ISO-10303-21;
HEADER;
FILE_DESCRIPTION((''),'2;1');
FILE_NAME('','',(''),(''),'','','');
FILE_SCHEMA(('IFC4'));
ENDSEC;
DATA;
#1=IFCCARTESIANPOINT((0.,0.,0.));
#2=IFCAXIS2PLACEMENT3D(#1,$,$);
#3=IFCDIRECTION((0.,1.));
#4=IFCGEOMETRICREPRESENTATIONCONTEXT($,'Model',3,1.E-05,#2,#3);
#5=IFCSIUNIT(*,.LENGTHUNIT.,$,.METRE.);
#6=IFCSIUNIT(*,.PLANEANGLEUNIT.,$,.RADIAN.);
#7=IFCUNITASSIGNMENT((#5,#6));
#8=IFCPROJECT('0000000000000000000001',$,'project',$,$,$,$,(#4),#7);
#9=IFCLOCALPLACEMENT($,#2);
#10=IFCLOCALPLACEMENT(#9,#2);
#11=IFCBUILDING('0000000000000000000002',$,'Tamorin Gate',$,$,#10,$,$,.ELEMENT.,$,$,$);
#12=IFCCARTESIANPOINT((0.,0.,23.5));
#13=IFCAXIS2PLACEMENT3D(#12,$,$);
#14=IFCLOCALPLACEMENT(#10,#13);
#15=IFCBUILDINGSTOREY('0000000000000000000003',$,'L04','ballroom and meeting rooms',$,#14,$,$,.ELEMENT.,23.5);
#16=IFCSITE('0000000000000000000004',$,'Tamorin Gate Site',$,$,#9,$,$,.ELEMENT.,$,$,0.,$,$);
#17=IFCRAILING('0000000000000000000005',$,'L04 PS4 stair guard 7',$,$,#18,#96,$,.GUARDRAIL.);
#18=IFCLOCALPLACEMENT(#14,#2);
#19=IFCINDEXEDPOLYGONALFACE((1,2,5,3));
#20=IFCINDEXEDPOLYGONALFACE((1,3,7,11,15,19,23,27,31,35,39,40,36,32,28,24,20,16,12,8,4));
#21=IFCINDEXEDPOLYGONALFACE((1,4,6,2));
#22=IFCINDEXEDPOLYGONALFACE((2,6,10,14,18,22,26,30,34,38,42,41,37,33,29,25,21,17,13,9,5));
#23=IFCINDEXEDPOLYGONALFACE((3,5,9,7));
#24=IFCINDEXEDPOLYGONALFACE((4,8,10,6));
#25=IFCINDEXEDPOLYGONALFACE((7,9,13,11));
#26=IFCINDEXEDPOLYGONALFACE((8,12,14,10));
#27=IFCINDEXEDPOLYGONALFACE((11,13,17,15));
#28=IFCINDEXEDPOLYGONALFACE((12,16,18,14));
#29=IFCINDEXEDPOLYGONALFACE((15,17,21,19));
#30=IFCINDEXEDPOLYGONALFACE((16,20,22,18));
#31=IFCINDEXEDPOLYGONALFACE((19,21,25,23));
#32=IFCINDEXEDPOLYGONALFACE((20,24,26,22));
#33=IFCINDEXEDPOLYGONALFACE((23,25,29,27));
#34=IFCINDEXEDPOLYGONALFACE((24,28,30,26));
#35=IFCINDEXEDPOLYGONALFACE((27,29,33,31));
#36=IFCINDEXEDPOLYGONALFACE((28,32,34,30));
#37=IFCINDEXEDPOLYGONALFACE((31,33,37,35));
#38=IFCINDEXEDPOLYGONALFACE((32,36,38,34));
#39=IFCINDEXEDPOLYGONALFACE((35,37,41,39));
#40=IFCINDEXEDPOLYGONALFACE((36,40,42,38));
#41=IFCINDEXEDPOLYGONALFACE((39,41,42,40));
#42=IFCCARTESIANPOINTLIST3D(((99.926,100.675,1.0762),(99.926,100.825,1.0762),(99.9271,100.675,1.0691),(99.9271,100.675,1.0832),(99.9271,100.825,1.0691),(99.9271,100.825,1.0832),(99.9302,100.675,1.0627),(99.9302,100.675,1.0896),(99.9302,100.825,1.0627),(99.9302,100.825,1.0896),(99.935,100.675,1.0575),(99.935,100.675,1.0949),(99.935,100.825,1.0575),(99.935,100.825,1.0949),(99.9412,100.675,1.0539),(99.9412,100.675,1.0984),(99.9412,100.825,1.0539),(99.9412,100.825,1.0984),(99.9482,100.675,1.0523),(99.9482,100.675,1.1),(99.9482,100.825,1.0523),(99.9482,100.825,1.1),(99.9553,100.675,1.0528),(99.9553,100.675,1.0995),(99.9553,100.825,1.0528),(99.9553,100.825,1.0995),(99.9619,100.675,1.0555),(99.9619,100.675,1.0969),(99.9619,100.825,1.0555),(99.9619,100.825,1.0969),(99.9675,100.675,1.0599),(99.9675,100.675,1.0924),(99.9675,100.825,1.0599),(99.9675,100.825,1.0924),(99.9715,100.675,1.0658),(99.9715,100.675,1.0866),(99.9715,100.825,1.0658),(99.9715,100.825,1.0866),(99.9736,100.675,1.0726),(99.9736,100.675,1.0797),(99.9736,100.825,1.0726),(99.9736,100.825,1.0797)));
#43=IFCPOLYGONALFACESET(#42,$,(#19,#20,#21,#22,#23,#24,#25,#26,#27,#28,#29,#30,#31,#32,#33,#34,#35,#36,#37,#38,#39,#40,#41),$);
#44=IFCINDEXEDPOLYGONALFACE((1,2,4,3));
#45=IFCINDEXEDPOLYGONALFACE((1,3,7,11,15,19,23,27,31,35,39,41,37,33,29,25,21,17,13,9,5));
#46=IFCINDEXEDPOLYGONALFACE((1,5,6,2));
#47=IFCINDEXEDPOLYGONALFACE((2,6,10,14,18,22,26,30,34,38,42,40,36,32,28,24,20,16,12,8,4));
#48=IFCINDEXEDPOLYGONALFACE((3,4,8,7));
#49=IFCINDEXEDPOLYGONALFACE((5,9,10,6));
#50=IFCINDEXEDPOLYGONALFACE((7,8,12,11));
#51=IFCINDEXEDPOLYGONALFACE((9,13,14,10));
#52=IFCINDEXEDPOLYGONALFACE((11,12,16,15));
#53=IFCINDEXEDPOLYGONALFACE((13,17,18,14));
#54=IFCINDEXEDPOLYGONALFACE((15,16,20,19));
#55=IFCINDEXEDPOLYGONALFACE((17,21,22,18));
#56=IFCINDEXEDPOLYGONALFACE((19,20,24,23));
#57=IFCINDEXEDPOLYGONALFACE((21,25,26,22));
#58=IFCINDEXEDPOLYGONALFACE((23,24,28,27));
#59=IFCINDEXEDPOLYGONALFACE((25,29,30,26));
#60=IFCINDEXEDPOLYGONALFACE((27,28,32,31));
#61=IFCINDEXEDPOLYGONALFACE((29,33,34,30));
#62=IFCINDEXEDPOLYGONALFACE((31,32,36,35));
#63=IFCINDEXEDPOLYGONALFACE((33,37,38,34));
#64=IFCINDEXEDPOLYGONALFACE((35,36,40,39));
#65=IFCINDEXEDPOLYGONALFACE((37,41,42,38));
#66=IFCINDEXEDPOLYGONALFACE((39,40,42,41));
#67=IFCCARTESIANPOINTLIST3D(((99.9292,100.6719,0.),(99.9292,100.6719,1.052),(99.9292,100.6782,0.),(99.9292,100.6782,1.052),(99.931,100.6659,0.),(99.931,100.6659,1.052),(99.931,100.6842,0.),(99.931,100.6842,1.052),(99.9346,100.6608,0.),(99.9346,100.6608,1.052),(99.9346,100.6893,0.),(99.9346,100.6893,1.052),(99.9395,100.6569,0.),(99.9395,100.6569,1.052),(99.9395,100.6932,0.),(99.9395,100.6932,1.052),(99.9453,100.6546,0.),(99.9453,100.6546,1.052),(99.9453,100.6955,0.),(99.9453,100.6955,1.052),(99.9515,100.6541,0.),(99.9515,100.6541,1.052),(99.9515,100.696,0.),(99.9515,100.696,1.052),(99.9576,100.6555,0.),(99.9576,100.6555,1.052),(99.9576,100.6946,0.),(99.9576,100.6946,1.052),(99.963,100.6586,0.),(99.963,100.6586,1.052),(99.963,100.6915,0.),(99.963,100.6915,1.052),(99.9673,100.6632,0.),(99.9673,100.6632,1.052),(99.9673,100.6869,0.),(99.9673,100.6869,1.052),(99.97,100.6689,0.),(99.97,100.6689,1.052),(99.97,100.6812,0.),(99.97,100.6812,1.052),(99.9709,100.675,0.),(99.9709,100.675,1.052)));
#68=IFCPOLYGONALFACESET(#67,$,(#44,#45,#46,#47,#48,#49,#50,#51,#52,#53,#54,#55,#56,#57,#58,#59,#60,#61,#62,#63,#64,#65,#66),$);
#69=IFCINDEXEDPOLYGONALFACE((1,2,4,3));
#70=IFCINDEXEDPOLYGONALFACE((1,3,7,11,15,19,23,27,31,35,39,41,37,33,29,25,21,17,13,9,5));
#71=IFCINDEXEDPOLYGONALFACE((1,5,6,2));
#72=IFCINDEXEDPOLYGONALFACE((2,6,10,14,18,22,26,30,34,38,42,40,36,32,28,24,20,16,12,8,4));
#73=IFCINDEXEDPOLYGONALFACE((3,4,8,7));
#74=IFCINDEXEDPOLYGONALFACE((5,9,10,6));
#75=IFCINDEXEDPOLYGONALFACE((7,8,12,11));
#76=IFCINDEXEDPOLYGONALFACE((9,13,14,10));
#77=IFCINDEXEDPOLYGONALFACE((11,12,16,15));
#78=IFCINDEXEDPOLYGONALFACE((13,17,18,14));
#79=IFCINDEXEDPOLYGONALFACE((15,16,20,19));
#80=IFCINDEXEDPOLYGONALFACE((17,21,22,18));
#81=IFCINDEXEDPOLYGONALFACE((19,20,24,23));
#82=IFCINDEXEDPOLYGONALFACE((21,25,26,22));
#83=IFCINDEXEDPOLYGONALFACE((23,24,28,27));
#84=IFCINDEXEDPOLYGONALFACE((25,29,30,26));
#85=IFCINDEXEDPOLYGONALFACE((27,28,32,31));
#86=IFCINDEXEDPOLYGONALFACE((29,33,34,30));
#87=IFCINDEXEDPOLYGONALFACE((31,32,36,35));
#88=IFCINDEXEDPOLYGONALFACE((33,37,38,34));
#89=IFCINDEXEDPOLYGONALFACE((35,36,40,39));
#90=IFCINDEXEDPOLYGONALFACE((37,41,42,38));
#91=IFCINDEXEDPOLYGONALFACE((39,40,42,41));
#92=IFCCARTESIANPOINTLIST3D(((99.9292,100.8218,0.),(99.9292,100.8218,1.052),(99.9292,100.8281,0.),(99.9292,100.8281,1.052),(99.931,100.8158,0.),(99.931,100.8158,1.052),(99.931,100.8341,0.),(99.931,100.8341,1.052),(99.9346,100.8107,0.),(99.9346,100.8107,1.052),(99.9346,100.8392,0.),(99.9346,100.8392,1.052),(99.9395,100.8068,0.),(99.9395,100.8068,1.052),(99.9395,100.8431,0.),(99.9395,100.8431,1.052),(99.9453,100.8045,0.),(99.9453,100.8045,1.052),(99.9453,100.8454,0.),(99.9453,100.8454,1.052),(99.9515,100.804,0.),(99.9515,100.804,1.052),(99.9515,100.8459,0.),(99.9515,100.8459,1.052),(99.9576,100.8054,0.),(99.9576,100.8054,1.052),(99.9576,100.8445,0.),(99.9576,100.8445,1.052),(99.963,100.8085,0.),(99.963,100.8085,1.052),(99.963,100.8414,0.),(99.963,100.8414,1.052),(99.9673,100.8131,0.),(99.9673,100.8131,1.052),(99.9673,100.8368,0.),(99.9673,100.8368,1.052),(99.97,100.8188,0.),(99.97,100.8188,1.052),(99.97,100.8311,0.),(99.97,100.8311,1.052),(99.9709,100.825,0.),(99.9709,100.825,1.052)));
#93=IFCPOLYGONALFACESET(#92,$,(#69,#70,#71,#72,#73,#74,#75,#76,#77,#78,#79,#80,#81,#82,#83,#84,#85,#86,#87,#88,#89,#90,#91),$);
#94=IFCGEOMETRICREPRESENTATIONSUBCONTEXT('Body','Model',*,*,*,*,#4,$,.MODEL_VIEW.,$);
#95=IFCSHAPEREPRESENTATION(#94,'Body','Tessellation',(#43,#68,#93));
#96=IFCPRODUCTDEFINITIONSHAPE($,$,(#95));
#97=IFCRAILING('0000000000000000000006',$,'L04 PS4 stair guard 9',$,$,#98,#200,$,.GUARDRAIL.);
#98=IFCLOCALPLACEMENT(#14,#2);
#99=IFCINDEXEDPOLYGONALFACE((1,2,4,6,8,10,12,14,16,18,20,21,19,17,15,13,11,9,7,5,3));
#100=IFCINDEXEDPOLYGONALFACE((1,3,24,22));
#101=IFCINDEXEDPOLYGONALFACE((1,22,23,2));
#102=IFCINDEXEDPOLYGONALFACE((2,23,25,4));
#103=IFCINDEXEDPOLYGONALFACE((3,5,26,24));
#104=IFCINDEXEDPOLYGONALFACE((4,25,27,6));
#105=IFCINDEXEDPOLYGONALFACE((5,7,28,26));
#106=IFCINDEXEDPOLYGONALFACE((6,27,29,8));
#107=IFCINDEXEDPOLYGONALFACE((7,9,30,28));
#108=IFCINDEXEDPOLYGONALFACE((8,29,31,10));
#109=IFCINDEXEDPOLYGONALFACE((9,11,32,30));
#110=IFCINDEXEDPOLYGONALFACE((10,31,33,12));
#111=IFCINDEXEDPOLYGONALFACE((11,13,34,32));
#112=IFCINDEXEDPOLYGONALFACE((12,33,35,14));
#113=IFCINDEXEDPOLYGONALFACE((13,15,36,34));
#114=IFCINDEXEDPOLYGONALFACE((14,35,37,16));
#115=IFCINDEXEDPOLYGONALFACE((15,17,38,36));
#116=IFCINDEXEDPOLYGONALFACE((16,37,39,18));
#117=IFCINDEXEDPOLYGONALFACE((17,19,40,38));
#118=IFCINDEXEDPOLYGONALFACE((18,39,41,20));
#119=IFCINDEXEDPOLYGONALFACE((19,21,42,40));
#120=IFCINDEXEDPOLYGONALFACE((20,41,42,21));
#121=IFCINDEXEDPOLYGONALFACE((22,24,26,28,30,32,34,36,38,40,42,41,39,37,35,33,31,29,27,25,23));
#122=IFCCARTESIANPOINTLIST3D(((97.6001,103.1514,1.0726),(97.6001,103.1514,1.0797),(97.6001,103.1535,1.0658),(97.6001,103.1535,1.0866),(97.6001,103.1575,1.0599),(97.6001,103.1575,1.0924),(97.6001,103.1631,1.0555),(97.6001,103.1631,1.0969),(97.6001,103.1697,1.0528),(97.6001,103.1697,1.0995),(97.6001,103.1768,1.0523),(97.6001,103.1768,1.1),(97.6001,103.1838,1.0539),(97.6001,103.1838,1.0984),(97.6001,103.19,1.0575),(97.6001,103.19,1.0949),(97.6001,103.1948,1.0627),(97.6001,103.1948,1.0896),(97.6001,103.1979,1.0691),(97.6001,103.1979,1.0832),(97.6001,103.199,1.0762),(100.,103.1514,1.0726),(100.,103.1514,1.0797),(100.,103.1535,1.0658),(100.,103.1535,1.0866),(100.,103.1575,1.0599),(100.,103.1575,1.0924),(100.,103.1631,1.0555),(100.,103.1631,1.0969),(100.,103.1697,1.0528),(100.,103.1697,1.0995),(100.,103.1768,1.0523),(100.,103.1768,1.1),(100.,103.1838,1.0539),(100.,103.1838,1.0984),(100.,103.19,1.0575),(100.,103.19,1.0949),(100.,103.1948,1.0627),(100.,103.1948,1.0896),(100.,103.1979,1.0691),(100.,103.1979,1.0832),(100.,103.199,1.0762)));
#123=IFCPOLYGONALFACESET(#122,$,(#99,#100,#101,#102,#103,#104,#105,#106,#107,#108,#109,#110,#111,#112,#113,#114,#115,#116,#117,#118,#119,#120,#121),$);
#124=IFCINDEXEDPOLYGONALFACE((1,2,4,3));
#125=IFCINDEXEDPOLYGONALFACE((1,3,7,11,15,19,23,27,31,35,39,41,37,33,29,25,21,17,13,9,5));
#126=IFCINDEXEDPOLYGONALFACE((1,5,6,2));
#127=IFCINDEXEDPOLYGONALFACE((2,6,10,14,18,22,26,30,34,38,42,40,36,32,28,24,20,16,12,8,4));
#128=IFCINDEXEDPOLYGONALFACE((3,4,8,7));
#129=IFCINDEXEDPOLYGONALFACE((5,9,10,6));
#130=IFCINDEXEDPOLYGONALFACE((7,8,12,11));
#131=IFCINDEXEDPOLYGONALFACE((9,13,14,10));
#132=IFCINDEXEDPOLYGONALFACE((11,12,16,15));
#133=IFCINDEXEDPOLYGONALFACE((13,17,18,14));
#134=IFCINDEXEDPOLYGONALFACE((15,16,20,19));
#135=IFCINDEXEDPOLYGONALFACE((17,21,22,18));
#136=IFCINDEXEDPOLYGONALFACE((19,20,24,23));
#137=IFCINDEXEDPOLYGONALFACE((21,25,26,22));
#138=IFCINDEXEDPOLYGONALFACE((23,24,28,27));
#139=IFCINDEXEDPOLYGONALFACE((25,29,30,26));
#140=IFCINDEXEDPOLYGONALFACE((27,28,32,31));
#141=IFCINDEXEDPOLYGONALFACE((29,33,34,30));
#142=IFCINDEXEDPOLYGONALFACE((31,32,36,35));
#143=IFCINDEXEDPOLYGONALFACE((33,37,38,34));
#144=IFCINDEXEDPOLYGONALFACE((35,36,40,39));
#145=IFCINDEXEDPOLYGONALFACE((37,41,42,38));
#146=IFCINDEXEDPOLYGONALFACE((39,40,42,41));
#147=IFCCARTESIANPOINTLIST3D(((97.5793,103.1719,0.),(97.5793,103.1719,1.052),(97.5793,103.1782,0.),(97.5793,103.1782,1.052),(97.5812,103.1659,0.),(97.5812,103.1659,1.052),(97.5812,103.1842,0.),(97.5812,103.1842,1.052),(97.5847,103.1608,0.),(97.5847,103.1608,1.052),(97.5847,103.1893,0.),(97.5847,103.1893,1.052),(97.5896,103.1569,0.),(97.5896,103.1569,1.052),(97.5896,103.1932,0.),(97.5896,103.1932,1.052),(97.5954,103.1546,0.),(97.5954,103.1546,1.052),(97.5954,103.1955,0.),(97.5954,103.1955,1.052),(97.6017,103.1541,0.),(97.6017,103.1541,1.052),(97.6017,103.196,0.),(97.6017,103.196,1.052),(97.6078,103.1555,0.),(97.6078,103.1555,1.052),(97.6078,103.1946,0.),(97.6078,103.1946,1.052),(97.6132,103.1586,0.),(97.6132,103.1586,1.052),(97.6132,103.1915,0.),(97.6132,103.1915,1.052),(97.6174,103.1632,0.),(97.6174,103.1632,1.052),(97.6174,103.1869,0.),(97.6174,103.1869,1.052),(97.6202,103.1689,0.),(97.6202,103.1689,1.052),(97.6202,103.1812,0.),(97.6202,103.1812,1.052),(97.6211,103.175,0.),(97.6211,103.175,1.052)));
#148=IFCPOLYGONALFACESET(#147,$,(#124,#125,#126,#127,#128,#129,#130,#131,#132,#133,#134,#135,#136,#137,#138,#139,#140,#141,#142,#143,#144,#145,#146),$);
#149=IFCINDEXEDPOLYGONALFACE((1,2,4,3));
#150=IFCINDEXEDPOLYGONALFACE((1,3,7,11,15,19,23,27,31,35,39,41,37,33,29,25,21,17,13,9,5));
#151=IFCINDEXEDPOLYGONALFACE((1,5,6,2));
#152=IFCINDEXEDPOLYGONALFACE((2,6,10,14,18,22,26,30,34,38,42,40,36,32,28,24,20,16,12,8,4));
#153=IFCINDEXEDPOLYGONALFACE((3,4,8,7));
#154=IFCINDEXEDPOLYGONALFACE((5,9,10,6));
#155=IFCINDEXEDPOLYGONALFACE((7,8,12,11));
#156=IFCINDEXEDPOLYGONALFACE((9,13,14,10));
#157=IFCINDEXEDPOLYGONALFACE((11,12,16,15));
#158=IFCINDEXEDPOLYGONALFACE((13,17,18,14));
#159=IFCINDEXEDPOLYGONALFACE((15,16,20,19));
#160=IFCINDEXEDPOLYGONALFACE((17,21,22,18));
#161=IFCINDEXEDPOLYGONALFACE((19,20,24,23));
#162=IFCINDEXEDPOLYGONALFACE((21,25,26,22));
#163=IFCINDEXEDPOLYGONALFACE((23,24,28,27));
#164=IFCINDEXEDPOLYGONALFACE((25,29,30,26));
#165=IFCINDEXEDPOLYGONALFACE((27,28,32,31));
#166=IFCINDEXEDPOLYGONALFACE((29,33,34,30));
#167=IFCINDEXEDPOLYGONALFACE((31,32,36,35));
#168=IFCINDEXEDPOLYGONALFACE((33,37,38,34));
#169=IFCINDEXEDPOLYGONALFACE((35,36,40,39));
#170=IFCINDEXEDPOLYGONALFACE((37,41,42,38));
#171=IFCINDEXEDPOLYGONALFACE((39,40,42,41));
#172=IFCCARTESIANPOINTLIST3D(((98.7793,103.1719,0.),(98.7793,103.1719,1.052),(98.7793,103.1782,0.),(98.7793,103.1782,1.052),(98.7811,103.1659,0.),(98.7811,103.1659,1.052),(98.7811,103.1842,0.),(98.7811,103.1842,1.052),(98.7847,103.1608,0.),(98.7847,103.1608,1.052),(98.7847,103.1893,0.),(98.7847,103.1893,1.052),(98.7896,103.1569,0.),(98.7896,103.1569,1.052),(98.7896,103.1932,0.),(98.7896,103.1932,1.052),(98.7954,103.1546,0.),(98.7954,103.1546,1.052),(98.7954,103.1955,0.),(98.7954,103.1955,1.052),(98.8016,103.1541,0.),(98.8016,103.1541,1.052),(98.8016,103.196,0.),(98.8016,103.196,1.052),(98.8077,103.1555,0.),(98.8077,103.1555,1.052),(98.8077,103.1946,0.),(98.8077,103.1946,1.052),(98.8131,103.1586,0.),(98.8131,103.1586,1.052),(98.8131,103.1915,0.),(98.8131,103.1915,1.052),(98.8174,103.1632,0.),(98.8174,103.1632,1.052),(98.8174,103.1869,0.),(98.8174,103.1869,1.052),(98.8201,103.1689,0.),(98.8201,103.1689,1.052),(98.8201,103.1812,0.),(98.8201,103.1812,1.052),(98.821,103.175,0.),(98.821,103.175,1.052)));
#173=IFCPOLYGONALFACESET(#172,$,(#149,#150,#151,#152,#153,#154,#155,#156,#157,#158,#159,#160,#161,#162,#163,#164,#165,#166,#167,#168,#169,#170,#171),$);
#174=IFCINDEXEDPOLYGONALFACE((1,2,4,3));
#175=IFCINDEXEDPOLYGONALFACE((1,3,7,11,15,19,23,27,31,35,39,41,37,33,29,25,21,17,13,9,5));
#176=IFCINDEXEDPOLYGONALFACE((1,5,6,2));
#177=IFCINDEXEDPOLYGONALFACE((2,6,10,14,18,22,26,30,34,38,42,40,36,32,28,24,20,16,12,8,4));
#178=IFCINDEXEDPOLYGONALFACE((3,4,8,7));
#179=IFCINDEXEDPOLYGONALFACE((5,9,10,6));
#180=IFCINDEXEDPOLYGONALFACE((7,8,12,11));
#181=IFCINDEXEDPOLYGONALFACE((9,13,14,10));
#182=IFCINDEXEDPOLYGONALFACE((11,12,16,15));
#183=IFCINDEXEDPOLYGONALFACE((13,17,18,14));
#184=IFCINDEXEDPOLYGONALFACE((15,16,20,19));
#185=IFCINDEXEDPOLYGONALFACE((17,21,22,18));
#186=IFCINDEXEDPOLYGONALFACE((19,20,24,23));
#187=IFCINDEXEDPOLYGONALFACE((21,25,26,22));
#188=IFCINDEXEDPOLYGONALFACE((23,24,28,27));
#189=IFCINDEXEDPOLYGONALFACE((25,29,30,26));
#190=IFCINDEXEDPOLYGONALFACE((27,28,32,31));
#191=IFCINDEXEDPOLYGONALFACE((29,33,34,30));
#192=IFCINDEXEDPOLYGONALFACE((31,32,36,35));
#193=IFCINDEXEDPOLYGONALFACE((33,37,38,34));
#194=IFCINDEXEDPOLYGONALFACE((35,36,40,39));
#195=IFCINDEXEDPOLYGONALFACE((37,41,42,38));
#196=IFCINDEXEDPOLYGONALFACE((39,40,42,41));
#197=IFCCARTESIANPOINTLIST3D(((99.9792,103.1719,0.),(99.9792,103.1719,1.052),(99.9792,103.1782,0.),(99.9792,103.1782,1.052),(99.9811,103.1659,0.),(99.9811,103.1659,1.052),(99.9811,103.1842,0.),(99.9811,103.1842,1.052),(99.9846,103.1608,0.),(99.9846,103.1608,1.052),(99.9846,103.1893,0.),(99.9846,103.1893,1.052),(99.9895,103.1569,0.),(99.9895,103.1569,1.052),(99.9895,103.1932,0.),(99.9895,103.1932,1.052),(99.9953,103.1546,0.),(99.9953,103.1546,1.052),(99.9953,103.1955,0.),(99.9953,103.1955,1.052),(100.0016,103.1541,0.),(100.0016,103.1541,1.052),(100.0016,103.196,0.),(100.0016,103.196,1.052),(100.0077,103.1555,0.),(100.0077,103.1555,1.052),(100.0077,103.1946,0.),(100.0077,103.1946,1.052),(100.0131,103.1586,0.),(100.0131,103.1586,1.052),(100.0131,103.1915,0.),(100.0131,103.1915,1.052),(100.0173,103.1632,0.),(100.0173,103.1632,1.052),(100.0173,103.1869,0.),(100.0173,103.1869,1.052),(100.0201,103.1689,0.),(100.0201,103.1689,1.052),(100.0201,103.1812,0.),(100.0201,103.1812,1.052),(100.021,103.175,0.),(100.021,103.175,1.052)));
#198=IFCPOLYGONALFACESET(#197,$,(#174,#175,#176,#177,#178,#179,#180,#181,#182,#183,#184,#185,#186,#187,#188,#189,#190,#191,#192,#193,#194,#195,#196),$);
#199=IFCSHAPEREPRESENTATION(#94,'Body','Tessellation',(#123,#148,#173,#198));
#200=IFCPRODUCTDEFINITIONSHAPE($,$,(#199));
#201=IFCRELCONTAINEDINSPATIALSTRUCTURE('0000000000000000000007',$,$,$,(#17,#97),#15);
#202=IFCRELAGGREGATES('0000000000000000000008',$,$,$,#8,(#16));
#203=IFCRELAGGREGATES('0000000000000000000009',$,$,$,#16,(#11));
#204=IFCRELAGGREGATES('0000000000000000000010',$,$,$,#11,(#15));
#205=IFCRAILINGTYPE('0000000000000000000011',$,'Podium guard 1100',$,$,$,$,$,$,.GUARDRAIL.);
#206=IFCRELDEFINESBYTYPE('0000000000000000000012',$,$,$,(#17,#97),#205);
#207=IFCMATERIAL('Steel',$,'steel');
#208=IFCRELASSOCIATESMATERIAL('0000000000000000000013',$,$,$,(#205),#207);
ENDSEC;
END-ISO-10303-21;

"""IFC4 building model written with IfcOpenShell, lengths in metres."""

from ifc_helpers import new_model, si_unit, direction, frame, origin, origin_2d, place, context, subcontext, project, spatial, circle, extrude, material, type_object, element, save


model = new_model("IFC4")

# Units and contexts
model_context = context("Model", 3, precision=1e-05, world=origin(), true_north=direction((0.0, 1.0)))
body_context = subcontext(model_context, "Body", "Model", "MODEL_VIEW")
ifc_project = project(units=[si_unit("LENGTHUNIT", "METRE"), si_unit("PLANEANGLEUNIT", "RADIAN")], contexts=[model_context])

# Site, building, storey
site_placement = place(None, origin())
site = spatial("IfcSite", under=ifc_project, at=site_placement, Name="Tamorin Gate Site", CompositionType="ELEMENT", RefElevation=0.0)
building_placement = place(site_placement, origin())
building = spatial("IfcBuilding", under=site, at=building_placement, Name="Tamorin Gate", CompositionType="ELEMENT")
storey_placement = place(building_placement, frame((0.0, 0.0, 23.5)))
storey = spatial("IfcBuildingStorey", under=building, at=storey_placement, Name="L04", Description="ballroom and meeting rooms", CompositionType="ELEMENT", Elevation=23.5)

# Railings
ifc_material_1 = material(Name="Steel", Category="steel")
railing_type_1 = type_object("IfcRailingType", Name="Podium guard 1100", PredefinedType="GUARDRAIL", material=ifc_material_1)
railing_1_placement = place(storey_placement, frame((99.95, 100.675, 0.0)))
element("IfcRailing", 1, at=railing_1_placement, inside=storey, type_object=railing_type_1, Name="L04 PS4 stair guard 7", PredefinedType="GUARDRAIL", context=body_context, shape_type="SweptSolid", body=[
    extrude(circle(Radius=0.0239, at=origin_2d()), frame((0.0, 0.0, 1.0762), z_axis=(0.0, 1.0, 0.0), x_axis=(-1.0, 0.0, 0.0)), (0.0, 0.0, 1.0), 0.1499),
    extrude(circle(Radius=0.021, at=origin_2d()), origin(), (0.0, 0.0, 1.0), 1.052),
    extrude(circle(Radius=0.021, at=origin_2d()), frame((0.0, 0.1499, 0.0)), (0.0, 0.0, 1.0), 1.052),
])
railing_2_placement = place(storey_placement, frame((97.6001, 103.175, 0.0)))
element("IfcRailing", 2, at=railing_2_placement, inside=storey, type_object=railing_type_1, Name="L04 PS4 stair guard 9", PredefinedType="GUARDRAIL", context=body_context, shape_type="SweptSolid", body=[
    extrude(circle(Radius=0.0239, at=origin_2d()), frame((0.0, 0.0, 1.0762), z_axis=(1.0, 0.0, 0.0), x_axis=(0.0, 1.0, 0.0)), (0.0, 0.0, 1.0), 2.3999),
    extrude(circle(Radius=0.021, at=origin_2d()), origin(), (0.0, 0.0, 1.0), 1.052),
    extrude(circle(Radius=0.021, at=origin_2d()), frame((1.2, 0.0, 0.0)), (0.0, 0.0, 1.0), 1.052),
    extrude(circle(Radius=0.021, at=origin_2d()), frame((2.3999, 0.0, 0.0)), (0.0, 0.0, 1.0), 1.052),
])

save(model, "model.ifc")
